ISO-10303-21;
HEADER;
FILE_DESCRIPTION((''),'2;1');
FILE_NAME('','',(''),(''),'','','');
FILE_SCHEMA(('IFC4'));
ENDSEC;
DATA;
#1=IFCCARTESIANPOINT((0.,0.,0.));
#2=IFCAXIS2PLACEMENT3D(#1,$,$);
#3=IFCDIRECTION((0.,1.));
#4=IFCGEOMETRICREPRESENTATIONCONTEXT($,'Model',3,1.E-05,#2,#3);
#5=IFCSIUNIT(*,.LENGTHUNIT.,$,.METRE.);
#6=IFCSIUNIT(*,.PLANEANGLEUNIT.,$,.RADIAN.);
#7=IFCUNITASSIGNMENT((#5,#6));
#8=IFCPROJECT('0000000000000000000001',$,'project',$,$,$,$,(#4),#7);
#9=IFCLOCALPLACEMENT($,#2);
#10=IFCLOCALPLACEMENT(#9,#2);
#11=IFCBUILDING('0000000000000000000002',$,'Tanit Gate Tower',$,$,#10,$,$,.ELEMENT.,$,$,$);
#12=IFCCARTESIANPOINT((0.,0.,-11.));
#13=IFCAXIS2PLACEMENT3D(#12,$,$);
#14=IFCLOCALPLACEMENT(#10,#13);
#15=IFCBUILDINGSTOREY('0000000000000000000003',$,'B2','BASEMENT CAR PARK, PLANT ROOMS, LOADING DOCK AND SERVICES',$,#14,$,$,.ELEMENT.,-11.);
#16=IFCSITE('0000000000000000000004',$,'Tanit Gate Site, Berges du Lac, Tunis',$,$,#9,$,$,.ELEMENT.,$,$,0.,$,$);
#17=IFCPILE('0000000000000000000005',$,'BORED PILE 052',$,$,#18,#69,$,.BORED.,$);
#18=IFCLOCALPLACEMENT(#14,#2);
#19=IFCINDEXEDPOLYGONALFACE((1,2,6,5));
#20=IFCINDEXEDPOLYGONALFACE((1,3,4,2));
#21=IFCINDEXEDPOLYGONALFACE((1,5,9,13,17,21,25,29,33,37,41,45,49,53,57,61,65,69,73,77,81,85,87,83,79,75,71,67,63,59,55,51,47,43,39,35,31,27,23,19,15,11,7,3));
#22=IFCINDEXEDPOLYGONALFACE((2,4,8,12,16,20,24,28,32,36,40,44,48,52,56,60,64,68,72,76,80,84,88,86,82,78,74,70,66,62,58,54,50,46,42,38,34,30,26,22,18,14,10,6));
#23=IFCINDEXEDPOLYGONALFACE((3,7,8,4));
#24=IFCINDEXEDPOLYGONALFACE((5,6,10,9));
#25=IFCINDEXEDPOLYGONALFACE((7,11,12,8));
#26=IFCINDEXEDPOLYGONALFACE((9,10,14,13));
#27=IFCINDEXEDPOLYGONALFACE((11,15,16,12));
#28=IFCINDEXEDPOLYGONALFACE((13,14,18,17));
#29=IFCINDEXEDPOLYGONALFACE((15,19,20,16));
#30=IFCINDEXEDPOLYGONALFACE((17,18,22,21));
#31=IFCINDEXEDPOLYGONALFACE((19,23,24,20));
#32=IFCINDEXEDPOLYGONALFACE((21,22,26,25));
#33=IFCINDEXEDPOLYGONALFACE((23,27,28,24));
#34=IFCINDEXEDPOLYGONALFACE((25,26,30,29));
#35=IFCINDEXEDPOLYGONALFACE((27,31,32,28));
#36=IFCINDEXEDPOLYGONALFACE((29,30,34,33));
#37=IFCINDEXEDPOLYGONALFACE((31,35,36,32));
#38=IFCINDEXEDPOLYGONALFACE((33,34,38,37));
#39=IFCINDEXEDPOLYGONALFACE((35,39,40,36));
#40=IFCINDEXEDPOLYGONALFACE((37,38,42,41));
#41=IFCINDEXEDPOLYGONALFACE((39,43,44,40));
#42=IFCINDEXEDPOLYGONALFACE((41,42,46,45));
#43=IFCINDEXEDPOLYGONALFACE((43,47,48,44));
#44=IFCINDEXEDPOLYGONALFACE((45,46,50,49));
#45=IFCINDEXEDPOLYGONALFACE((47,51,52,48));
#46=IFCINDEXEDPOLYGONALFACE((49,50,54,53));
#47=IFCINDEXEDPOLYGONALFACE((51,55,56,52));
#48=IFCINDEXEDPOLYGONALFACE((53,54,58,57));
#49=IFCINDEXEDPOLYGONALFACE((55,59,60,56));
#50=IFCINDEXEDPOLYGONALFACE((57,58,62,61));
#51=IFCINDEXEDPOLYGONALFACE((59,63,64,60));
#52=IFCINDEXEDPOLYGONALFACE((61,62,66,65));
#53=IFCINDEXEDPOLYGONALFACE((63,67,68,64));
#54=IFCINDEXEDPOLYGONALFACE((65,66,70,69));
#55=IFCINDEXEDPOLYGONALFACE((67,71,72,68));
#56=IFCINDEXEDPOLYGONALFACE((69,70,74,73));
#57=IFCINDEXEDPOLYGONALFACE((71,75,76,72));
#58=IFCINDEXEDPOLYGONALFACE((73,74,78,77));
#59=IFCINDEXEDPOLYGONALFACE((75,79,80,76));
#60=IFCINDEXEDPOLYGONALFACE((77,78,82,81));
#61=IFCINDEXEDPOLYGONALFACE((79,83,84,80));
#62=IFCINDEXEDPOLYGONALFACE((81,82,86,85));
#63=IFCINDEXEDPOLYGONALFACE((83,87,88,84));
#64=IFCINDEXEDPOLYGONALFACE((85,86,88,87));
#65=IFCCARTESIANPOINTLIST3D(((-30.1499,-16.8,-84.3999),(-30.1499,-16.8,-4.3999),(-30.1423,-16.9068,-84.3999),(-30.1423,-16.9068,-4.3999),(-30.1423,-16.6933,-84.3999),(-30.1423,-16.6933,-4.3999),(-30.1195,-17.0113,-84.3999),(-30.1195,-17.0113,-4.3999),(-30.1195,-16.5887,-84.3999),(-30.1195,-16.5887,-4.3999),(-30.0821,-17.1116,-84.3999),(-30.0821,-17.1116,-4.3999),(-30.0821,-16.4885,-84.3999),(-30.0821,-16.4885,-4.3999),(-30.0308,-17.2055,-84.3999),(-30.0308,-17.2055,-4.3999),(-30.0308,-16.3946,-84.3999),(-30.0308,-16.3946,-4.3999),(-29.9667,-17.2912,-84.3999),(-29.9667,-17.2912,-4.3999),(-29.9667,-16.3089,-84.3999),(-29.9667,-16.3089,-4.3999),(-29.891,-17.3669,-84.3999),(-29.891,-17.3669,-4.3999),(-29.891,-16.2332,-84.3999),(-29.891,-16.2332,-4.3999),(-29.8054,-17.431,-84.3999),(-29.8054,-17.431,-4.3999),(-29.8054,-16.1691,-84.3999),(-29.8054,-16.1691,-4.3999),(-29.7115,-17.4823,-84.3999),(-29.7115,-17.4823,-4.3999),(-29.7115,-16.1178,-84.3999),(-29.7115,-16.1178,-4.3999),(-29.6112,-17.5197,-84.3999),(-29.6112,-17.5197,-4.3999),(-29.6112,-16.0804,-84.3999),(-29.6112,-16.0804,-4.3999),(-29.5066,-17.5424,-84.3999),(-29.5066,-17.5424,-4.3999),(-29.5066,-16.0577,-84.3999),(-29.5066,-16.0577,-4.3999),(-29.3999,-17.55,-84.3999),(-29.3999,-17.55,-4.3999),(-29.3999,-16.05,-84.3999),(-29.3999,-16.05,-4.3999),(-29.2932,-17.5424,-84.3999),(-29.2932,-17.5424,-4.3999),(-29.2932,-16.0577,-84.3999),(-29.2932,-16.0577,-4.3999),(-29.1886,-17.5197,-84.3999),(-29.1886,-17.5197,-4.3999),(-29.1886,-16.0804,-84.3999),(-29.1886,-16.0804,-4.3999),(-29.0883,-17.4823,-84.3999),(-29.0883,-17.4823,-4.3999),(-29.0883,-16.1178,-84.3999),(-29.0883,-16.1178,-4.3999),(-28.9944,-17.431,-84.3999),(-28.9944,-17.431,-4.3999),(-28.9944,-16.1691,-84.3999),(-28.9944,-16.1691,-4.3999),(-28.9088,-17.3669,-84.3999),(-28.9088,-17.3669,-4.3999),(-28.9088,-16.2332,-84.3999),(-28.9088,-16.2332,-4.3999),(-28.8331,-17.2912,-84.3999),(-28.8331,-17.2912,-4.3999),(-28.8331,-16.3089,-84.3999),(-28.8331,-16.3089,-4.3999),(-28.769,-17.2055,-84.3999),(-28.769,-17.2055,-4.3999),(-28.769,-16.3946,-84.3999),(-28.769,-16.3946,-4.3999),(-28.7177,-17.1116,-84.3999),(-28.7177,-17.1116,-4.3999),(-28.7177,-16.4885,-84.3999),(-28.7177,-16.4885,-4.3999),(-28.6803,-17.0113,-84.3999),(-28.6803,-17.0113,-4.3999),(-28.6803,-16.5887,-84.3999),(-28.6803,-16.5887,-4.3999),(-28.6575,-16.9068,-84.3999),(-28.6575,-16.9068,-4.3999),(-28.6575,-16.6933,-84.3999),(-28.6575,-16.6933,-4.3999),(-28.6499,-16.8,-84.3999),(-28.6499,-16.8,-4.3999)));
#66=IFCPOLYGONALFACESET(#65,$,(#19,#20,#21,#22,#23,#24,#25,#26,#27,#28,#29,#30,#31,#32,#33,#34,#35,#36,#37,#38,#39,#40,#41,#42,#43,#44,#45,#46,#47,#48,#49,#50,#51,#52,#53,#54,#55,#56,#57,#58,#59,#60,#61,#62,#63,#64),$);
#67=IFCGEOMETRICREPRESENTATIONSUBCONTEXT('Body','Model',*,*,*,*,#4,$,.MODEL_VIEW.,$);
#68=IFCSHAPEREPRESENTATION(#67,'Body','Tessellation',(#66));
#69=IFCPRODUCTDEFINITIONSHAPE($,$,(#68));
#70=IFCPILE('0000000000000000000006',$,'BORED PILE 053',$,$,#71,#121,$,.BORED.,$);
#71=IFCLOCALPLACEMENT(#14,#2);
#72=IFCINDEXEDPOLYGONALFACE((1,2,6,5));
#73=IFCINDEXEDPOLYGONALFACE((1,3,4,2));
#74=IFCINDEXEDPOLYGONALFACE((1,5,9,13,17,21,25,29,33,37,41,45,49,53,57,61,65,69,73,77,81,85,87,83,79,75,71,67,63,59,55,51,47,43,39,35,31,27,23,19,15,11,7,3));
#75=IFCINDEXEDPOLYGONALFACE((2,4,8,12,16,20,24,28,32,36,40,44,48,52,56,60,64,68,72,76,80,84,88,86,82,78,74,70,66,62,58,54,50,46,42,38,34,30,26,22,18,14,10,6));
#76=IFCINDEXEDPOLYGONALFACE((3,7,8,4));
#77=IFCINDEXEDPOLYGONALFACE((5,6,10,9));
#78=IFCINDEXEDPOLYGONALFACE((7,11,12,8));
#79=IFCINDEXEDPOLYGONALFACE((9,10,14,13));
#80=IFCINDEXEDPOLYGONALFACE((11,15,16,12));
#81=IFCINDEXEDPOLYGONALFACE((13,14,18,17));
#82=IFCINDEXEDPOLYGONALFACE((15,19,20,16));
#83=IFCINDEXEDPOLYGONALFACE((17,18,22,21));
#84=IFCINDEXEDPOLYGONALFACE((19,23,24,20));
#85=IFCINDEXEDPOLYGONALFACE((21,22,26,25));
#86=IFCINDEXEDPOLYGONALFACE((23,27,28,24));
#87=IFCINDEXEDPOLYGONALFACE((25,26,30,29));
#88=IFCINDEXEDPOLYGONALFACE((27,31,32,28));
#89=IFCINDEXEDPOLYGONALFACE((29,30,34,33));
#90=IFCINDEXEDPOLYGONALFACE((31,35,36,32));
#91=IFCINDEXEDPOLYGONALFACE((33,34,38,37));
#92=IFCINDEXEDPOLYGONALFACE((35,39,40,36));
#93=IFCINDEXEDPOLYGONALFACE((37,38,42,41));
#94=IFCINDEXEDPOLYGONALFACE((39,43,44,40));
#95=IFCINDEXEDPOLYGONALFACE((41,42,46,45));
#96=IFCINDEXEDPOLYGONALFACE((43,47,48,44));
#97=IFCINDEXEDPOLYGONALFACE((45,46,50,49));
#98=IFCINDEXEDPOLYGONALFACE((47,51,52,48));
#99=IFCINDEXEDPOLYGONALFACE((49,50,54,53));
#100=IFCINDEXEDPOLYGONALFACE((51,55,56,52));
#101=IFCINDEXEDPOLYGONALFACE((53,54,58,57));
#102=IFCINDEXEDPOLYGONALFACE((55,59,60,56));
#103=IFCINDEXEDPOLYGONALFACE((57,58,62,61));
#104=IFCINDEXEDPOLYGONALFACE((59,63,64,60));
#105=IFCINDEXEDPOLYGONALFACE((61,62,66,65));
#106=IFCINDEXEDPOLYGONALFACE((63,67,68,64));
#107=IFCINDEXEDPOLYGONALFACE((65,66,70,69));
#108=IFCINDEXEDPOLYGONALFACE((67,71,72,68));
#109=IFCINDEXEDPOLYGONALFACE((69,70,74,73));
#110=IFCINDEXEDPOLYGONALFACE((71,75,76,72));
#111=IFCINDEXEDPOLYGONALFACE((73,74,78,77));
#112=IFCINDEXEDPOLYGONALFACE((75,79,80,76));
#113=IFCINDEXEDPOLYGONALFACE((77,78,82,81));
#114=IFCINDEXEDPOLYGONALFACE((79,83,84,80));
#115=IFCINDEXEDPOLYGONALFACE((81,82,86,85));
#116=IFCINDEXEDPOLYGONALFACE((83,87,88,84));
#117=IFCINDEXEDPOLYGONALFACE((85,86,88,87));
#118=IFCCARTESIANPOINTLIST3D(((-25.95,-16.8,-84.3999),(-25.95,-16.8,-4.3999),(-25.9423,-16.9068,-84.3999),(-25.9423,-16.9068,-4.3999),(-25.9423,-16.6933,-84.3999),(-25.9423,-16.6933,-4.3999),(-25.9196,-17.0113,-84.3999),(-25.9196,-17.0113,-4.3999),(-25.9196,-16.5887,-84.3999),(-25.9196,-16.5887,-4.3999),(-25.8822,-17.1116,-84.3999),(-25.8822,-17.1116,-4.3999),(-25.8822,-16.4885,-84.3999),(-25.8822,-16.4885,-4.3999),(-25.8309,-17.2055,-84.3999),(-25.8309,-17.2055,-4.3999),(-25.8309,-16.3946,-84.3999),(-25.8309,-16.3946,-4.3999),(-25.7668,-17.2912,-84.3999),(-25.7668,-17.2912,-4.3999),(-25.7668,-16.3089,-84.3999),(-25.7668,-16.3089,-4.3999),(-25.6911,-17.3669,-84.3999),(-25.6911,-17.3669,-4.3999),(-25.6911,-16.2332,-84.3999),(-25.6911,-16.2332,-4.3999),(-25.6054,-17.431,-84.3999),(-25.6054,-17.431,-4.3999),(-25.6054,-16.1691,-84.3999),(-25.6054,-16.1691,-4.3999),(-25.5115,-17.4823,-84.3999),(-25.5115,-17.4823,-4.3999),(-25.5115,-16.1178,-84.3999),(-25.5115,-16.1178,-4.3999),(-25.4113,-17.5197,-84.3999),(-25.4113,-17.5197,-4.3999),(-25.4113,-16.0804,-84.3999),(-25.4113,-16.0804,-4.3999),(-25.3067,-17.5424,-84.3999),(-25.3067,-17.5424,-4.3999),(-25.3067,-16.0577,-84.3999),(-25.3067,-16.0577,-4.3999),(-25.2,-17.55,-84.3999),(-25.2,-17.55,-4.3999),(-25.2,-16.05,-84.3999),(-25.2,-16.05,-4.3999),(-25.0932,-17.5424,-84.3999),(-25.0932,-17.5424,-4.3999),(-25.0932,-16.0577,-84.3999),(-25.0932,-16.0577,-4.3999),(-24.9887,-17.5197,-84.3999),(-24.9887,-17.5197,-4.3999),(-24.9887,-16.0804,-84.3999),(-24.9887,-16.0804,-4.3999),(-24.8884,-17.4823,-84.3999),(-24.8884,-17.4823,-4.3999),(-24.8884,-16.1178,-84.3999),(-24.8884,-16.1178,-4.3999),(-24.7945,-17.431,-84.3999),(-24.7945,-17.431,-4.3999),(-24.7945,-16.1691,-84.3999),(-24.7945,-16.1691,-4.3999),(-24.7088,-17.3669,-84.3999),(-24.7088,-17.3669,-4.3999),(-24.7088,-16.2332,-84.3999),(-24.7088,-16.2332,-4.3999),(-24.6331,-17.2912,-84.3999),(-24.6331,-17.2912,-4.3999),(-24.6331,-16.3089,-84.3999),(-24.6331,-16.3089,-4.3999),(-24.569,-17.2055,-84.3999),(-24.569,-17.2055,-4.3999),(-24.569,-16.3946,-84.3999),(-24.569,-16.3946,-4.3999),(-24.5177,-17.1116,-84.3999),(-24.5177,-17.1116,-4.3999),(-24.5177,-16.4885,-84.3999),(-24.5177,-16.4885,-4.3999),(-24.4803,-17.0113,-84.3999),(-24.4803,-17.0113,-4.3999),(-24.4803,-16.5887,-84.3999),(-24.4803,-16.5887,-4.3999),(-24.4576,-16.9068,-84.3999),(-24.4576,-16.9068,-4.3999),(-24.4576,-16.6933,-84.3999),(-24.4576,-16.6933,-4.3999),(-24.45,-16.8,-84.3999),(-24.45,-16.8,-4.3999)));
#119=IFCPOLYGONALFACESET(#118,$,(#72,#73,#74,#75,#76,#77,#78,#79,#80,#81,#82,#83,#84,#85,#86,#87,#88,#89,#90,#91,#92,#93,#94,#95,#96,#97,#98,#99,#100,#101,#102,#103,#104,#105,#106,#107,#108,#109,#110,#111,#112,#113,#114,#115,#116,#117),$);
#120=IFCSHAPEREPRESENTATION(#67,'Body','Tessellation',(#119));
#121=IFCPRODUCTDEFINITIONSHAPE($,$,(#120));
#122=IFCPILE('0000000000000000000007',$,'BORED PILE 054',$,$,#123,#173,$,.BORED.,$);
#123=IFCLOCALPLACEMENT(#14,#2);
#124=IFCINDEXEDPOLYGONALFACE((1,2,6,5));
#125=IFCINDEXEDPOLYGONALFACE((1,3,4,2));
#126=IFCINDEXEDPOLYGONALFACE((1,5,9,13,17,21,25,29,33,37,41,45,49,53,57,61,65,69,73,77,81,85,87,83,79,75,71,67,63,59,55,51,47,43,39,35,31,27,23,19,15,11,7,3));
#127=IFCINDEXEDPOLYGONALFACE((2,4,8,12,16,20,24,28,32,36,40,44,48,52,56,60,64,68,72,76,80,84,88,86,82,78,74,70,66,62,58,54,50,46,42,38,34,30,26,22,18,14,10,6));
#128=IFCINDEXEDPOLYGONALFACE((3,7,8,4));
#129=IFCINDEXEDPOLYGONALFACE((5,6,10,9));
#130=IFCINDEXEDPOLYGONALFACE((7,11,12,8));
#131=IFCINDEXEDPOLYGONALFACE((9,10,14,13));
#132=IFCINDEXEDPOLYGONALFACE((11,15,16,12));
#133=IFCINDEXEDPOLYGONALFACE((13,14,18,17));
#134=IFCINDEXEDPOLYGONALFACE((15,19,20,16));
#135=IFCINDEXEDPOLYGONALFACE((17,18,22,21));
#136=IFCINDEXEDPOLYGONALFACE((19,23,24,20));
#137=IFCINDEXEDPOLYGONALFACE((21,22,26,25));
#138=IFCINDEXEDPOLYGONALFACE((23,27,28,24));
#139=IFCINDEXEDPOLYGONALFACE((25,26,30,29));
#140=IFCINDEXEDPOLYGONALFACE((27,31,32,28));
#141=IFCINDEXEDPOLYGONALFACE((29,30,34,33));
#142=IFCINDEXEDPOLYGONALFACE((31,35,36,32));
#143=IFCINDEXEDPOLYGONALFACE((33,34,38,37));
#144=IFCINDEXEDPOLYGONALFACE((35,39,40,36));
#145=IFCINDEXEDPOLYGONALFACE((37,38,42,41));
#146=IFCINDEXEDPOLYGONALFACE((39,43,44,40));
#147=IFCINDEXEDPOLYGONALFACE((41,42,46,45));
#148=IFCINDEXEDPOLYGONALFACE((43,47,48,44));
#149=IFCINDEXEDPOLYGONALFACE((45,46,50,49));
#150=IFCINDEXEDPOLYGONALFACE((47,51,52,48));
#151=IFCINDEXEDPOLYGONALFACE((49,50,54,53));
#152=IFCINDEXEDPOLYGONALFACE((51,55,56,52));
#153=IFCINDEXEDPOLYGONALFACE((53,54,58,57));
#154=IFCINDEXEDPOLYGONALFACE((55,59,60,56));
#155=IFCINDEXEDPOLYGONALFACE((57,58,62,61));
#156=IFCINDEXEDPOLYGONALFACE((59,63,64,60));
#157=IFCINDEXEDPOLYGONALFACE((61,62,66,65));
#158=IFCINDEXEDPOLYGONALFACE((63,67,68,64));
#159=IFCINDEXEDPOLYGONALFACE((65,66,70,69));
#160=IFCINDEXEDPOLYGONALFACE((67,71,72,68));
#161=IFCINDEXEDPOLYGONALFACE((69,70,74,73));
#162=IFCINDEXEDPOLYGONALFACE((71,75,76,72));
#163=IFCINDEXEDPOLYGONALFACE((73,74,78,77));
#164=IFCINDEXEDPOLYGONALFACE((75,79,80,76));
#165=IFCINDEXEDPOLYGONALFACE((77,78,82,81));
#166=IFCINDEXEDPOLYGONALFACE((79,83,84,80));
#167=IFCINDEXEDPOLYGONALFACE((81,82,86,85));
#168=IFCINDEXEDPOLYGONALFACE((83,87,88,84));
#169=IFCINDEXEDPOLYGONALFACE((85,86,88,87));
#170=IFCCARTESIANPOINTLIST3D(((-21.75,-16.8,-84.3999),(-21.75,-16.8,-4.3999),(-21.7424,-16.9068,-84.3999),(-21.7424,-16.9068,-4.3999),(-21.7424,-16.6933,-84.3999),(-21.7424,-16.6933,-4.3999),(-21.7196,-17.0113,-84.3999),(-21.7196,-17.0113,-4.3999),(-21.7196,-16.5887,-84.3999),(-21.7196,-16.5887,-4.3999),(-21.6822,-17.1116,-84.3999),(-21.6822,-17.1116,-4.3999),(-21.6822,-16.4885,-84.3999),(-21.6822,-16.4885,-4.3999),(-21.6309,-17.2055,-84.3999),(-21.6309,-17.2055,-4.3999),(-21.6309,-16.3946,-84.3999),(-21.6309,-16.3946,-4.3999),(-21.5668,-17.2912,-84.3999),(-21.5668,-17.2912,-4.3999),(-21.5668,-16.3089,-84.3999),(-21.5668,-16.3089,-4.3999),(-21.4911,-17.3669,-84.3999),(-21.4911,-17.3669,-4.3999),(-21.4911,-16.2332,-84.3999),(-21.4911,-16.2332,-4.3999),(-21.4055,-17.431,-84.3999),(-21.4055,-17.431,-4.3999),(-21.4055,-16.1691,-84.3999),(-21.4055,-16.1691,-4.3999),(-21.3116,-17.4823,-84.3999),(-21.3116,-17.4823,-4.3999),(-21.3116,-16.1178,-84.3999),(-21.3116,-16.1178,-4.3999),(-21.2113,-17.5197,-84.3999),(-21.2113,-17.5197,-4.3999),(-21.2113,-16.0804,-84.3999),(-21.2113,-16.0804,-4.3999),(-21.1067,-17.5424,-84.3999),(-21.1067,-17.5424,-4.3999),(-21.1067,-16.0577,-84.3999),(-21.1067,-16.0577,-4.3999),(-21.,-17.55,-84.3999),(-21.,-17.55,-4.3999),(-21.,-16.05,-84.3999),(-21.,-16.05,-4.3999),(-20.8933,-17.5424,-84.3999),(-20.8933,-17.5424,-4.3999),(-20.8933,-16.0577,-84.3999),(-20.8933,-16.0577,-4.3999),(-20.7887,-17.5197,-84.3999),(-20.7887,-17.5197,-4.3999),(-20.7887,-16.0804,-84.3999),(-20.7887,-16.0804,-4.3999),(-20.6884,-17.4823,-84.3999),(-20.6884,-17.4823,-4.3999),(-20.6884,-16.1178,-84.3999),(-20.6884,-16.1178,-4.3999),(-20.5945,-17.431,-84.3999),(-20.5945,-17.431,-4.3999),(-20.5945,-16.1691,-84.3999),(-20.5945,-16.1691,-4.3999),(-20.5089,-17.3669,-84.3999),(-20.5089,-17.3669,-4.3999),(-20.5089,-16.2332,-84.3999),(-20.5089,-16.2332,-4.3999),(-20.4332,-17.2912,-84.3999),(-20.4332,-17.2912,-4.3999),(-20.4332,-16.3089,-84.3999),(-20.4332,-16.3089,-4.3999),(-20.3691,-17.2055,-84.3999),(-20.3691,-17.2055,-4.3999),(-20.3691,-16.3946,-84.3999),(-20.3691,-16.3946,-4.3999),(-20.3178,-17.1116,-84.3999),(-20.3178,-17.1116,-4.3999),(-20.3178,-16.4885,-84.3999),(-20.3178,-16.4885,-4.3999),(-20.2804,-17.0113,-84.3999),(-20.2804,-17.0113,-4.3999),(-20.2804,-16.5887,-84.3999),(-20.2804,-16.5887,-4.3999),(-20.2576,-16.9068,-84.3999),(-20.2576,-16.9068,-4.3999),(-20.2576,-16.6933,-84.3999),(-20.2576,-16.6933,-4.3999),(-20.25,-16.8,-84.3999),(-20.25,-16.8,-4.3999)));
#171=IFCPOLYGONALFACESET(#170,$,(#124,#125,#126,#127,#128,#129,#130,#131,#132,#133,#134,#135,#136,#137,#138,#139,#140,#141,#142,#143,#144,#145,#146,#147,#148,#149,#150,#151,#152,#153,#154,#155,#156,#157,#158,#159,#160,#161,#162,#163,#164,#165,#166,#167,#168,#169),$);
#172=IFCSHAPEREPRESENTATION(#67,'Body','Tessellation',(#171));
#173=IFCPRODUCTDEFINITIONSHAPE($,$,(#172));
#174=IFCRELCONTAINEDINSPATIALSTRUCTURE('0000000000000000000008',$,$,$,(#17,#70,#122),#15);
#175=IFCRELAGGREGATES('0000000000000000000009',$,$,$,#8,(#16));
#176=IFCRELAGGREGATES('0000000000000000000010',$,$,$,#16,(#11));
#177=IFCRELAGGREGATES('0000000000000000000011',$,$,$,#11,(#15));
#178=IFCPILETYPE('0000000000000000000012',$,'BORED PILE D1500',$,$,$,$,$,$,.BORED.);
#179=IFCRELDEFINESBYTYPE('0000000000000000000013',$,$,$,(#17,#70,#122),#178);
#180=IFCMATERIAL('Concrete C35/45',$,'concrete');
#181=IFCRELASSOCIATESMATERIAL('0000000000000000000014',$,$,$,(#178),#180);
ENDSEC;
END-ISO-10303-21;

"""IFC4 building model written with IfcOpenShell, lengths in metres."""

from ifc_helpers import new_model, si_unit, direction, frame, origin, origin_2d, place, context, subcontext, project, spatial, circle, extrude, material, material_profile, profile_set, type_object, element, save


model = new_model("IFC4")

# Units and contexts
model_context = context("Model", 3, precision=1e-05, world=origin(), true_north=direction((0.0, 1.0)))
body_context = subcontext(model_context, "Body", "Model", "MODEL_VIEW")
ifc_project = project(units=[si_unit("LENGTHUNIT", "METRE"), si_unit("PLANEANGLEUNIT", "RADIAN")], contexts=[model_context])

# Site, building, storey
site_placement = place(None, origin())
site = spatial("IfcSite", under=ifc_project, at=site_placement, Name="Tanit Gate Site, Berges du Lac, Tunis", CompositionType="ELEMENT", RefElevation=0.0)
building_placement = place(site_placement, origin())
building = spatial("IfcBuilding", under=site, at=building_placement, Name="Tanit Gate Tower", CompositionType="ELEMENT")
storey_placement = place(building_placement, frame((0.0, 0.0, -11.0)))
storey = spatial("IfcBuildingStorey", under=building, at=storey_placement, Name="B2", Description="BASEMENT CAR PARK, PLANT ROOMS, LOADING DOCK AND SERVICES", CompositionType="ELEMENT", Elevation=-11.0)

# Piles
ifc_material_1 = material(Name="Concrete C35/45", Category="concrete")
ifc_material_profile_1 = material_profile(ifc_material_1, circle(Radius=0.75, at=origin_2d()), Name="BORED PILE D1500 C35/45")
ifc_profile_set_1 = profile_set([ifc_material_profile_1], Name="Concrete C35/45")
pile_type = type_object("IfcPileType", Name="BORED PILE D1500", PredefinedType="BORED", material=ifc_profile_set_1)
for number, where, z_axis, x_axis, name in (
    (1, (-29.3999, -16.8, -4.3999), (0.0, 0.0, -1.0), (1.0, 0.0, 0.0), "BORED PILE 052"),
    (2, (-25.2, -16.8, -4.3999), (0.0, 0.0, -1.0), (1.0, 0.0, 0.0), "BORED PILE 053"),
    (3, (-21.0, -16.8, -4.3999), (0.0, 0.0, -1.0), (1.0, 0.0, 0.0), "BORED PILE 054"),
):
    element("IfcPile", number, at=place(storey_placement, frame(where, z_axis=z_axis, x_axis=x_axis)), inside=storey, type_object=pile_type, Name=name, PredefinedType="BORED", context=body_context, shape_type="SweptSolid", body=[
        extrude(circle(Radius=0.75, at=origin_2d()), origin(), (0.0, 0.0, 1.0), 80.0),
    ])

save(model, "model.ifc")
